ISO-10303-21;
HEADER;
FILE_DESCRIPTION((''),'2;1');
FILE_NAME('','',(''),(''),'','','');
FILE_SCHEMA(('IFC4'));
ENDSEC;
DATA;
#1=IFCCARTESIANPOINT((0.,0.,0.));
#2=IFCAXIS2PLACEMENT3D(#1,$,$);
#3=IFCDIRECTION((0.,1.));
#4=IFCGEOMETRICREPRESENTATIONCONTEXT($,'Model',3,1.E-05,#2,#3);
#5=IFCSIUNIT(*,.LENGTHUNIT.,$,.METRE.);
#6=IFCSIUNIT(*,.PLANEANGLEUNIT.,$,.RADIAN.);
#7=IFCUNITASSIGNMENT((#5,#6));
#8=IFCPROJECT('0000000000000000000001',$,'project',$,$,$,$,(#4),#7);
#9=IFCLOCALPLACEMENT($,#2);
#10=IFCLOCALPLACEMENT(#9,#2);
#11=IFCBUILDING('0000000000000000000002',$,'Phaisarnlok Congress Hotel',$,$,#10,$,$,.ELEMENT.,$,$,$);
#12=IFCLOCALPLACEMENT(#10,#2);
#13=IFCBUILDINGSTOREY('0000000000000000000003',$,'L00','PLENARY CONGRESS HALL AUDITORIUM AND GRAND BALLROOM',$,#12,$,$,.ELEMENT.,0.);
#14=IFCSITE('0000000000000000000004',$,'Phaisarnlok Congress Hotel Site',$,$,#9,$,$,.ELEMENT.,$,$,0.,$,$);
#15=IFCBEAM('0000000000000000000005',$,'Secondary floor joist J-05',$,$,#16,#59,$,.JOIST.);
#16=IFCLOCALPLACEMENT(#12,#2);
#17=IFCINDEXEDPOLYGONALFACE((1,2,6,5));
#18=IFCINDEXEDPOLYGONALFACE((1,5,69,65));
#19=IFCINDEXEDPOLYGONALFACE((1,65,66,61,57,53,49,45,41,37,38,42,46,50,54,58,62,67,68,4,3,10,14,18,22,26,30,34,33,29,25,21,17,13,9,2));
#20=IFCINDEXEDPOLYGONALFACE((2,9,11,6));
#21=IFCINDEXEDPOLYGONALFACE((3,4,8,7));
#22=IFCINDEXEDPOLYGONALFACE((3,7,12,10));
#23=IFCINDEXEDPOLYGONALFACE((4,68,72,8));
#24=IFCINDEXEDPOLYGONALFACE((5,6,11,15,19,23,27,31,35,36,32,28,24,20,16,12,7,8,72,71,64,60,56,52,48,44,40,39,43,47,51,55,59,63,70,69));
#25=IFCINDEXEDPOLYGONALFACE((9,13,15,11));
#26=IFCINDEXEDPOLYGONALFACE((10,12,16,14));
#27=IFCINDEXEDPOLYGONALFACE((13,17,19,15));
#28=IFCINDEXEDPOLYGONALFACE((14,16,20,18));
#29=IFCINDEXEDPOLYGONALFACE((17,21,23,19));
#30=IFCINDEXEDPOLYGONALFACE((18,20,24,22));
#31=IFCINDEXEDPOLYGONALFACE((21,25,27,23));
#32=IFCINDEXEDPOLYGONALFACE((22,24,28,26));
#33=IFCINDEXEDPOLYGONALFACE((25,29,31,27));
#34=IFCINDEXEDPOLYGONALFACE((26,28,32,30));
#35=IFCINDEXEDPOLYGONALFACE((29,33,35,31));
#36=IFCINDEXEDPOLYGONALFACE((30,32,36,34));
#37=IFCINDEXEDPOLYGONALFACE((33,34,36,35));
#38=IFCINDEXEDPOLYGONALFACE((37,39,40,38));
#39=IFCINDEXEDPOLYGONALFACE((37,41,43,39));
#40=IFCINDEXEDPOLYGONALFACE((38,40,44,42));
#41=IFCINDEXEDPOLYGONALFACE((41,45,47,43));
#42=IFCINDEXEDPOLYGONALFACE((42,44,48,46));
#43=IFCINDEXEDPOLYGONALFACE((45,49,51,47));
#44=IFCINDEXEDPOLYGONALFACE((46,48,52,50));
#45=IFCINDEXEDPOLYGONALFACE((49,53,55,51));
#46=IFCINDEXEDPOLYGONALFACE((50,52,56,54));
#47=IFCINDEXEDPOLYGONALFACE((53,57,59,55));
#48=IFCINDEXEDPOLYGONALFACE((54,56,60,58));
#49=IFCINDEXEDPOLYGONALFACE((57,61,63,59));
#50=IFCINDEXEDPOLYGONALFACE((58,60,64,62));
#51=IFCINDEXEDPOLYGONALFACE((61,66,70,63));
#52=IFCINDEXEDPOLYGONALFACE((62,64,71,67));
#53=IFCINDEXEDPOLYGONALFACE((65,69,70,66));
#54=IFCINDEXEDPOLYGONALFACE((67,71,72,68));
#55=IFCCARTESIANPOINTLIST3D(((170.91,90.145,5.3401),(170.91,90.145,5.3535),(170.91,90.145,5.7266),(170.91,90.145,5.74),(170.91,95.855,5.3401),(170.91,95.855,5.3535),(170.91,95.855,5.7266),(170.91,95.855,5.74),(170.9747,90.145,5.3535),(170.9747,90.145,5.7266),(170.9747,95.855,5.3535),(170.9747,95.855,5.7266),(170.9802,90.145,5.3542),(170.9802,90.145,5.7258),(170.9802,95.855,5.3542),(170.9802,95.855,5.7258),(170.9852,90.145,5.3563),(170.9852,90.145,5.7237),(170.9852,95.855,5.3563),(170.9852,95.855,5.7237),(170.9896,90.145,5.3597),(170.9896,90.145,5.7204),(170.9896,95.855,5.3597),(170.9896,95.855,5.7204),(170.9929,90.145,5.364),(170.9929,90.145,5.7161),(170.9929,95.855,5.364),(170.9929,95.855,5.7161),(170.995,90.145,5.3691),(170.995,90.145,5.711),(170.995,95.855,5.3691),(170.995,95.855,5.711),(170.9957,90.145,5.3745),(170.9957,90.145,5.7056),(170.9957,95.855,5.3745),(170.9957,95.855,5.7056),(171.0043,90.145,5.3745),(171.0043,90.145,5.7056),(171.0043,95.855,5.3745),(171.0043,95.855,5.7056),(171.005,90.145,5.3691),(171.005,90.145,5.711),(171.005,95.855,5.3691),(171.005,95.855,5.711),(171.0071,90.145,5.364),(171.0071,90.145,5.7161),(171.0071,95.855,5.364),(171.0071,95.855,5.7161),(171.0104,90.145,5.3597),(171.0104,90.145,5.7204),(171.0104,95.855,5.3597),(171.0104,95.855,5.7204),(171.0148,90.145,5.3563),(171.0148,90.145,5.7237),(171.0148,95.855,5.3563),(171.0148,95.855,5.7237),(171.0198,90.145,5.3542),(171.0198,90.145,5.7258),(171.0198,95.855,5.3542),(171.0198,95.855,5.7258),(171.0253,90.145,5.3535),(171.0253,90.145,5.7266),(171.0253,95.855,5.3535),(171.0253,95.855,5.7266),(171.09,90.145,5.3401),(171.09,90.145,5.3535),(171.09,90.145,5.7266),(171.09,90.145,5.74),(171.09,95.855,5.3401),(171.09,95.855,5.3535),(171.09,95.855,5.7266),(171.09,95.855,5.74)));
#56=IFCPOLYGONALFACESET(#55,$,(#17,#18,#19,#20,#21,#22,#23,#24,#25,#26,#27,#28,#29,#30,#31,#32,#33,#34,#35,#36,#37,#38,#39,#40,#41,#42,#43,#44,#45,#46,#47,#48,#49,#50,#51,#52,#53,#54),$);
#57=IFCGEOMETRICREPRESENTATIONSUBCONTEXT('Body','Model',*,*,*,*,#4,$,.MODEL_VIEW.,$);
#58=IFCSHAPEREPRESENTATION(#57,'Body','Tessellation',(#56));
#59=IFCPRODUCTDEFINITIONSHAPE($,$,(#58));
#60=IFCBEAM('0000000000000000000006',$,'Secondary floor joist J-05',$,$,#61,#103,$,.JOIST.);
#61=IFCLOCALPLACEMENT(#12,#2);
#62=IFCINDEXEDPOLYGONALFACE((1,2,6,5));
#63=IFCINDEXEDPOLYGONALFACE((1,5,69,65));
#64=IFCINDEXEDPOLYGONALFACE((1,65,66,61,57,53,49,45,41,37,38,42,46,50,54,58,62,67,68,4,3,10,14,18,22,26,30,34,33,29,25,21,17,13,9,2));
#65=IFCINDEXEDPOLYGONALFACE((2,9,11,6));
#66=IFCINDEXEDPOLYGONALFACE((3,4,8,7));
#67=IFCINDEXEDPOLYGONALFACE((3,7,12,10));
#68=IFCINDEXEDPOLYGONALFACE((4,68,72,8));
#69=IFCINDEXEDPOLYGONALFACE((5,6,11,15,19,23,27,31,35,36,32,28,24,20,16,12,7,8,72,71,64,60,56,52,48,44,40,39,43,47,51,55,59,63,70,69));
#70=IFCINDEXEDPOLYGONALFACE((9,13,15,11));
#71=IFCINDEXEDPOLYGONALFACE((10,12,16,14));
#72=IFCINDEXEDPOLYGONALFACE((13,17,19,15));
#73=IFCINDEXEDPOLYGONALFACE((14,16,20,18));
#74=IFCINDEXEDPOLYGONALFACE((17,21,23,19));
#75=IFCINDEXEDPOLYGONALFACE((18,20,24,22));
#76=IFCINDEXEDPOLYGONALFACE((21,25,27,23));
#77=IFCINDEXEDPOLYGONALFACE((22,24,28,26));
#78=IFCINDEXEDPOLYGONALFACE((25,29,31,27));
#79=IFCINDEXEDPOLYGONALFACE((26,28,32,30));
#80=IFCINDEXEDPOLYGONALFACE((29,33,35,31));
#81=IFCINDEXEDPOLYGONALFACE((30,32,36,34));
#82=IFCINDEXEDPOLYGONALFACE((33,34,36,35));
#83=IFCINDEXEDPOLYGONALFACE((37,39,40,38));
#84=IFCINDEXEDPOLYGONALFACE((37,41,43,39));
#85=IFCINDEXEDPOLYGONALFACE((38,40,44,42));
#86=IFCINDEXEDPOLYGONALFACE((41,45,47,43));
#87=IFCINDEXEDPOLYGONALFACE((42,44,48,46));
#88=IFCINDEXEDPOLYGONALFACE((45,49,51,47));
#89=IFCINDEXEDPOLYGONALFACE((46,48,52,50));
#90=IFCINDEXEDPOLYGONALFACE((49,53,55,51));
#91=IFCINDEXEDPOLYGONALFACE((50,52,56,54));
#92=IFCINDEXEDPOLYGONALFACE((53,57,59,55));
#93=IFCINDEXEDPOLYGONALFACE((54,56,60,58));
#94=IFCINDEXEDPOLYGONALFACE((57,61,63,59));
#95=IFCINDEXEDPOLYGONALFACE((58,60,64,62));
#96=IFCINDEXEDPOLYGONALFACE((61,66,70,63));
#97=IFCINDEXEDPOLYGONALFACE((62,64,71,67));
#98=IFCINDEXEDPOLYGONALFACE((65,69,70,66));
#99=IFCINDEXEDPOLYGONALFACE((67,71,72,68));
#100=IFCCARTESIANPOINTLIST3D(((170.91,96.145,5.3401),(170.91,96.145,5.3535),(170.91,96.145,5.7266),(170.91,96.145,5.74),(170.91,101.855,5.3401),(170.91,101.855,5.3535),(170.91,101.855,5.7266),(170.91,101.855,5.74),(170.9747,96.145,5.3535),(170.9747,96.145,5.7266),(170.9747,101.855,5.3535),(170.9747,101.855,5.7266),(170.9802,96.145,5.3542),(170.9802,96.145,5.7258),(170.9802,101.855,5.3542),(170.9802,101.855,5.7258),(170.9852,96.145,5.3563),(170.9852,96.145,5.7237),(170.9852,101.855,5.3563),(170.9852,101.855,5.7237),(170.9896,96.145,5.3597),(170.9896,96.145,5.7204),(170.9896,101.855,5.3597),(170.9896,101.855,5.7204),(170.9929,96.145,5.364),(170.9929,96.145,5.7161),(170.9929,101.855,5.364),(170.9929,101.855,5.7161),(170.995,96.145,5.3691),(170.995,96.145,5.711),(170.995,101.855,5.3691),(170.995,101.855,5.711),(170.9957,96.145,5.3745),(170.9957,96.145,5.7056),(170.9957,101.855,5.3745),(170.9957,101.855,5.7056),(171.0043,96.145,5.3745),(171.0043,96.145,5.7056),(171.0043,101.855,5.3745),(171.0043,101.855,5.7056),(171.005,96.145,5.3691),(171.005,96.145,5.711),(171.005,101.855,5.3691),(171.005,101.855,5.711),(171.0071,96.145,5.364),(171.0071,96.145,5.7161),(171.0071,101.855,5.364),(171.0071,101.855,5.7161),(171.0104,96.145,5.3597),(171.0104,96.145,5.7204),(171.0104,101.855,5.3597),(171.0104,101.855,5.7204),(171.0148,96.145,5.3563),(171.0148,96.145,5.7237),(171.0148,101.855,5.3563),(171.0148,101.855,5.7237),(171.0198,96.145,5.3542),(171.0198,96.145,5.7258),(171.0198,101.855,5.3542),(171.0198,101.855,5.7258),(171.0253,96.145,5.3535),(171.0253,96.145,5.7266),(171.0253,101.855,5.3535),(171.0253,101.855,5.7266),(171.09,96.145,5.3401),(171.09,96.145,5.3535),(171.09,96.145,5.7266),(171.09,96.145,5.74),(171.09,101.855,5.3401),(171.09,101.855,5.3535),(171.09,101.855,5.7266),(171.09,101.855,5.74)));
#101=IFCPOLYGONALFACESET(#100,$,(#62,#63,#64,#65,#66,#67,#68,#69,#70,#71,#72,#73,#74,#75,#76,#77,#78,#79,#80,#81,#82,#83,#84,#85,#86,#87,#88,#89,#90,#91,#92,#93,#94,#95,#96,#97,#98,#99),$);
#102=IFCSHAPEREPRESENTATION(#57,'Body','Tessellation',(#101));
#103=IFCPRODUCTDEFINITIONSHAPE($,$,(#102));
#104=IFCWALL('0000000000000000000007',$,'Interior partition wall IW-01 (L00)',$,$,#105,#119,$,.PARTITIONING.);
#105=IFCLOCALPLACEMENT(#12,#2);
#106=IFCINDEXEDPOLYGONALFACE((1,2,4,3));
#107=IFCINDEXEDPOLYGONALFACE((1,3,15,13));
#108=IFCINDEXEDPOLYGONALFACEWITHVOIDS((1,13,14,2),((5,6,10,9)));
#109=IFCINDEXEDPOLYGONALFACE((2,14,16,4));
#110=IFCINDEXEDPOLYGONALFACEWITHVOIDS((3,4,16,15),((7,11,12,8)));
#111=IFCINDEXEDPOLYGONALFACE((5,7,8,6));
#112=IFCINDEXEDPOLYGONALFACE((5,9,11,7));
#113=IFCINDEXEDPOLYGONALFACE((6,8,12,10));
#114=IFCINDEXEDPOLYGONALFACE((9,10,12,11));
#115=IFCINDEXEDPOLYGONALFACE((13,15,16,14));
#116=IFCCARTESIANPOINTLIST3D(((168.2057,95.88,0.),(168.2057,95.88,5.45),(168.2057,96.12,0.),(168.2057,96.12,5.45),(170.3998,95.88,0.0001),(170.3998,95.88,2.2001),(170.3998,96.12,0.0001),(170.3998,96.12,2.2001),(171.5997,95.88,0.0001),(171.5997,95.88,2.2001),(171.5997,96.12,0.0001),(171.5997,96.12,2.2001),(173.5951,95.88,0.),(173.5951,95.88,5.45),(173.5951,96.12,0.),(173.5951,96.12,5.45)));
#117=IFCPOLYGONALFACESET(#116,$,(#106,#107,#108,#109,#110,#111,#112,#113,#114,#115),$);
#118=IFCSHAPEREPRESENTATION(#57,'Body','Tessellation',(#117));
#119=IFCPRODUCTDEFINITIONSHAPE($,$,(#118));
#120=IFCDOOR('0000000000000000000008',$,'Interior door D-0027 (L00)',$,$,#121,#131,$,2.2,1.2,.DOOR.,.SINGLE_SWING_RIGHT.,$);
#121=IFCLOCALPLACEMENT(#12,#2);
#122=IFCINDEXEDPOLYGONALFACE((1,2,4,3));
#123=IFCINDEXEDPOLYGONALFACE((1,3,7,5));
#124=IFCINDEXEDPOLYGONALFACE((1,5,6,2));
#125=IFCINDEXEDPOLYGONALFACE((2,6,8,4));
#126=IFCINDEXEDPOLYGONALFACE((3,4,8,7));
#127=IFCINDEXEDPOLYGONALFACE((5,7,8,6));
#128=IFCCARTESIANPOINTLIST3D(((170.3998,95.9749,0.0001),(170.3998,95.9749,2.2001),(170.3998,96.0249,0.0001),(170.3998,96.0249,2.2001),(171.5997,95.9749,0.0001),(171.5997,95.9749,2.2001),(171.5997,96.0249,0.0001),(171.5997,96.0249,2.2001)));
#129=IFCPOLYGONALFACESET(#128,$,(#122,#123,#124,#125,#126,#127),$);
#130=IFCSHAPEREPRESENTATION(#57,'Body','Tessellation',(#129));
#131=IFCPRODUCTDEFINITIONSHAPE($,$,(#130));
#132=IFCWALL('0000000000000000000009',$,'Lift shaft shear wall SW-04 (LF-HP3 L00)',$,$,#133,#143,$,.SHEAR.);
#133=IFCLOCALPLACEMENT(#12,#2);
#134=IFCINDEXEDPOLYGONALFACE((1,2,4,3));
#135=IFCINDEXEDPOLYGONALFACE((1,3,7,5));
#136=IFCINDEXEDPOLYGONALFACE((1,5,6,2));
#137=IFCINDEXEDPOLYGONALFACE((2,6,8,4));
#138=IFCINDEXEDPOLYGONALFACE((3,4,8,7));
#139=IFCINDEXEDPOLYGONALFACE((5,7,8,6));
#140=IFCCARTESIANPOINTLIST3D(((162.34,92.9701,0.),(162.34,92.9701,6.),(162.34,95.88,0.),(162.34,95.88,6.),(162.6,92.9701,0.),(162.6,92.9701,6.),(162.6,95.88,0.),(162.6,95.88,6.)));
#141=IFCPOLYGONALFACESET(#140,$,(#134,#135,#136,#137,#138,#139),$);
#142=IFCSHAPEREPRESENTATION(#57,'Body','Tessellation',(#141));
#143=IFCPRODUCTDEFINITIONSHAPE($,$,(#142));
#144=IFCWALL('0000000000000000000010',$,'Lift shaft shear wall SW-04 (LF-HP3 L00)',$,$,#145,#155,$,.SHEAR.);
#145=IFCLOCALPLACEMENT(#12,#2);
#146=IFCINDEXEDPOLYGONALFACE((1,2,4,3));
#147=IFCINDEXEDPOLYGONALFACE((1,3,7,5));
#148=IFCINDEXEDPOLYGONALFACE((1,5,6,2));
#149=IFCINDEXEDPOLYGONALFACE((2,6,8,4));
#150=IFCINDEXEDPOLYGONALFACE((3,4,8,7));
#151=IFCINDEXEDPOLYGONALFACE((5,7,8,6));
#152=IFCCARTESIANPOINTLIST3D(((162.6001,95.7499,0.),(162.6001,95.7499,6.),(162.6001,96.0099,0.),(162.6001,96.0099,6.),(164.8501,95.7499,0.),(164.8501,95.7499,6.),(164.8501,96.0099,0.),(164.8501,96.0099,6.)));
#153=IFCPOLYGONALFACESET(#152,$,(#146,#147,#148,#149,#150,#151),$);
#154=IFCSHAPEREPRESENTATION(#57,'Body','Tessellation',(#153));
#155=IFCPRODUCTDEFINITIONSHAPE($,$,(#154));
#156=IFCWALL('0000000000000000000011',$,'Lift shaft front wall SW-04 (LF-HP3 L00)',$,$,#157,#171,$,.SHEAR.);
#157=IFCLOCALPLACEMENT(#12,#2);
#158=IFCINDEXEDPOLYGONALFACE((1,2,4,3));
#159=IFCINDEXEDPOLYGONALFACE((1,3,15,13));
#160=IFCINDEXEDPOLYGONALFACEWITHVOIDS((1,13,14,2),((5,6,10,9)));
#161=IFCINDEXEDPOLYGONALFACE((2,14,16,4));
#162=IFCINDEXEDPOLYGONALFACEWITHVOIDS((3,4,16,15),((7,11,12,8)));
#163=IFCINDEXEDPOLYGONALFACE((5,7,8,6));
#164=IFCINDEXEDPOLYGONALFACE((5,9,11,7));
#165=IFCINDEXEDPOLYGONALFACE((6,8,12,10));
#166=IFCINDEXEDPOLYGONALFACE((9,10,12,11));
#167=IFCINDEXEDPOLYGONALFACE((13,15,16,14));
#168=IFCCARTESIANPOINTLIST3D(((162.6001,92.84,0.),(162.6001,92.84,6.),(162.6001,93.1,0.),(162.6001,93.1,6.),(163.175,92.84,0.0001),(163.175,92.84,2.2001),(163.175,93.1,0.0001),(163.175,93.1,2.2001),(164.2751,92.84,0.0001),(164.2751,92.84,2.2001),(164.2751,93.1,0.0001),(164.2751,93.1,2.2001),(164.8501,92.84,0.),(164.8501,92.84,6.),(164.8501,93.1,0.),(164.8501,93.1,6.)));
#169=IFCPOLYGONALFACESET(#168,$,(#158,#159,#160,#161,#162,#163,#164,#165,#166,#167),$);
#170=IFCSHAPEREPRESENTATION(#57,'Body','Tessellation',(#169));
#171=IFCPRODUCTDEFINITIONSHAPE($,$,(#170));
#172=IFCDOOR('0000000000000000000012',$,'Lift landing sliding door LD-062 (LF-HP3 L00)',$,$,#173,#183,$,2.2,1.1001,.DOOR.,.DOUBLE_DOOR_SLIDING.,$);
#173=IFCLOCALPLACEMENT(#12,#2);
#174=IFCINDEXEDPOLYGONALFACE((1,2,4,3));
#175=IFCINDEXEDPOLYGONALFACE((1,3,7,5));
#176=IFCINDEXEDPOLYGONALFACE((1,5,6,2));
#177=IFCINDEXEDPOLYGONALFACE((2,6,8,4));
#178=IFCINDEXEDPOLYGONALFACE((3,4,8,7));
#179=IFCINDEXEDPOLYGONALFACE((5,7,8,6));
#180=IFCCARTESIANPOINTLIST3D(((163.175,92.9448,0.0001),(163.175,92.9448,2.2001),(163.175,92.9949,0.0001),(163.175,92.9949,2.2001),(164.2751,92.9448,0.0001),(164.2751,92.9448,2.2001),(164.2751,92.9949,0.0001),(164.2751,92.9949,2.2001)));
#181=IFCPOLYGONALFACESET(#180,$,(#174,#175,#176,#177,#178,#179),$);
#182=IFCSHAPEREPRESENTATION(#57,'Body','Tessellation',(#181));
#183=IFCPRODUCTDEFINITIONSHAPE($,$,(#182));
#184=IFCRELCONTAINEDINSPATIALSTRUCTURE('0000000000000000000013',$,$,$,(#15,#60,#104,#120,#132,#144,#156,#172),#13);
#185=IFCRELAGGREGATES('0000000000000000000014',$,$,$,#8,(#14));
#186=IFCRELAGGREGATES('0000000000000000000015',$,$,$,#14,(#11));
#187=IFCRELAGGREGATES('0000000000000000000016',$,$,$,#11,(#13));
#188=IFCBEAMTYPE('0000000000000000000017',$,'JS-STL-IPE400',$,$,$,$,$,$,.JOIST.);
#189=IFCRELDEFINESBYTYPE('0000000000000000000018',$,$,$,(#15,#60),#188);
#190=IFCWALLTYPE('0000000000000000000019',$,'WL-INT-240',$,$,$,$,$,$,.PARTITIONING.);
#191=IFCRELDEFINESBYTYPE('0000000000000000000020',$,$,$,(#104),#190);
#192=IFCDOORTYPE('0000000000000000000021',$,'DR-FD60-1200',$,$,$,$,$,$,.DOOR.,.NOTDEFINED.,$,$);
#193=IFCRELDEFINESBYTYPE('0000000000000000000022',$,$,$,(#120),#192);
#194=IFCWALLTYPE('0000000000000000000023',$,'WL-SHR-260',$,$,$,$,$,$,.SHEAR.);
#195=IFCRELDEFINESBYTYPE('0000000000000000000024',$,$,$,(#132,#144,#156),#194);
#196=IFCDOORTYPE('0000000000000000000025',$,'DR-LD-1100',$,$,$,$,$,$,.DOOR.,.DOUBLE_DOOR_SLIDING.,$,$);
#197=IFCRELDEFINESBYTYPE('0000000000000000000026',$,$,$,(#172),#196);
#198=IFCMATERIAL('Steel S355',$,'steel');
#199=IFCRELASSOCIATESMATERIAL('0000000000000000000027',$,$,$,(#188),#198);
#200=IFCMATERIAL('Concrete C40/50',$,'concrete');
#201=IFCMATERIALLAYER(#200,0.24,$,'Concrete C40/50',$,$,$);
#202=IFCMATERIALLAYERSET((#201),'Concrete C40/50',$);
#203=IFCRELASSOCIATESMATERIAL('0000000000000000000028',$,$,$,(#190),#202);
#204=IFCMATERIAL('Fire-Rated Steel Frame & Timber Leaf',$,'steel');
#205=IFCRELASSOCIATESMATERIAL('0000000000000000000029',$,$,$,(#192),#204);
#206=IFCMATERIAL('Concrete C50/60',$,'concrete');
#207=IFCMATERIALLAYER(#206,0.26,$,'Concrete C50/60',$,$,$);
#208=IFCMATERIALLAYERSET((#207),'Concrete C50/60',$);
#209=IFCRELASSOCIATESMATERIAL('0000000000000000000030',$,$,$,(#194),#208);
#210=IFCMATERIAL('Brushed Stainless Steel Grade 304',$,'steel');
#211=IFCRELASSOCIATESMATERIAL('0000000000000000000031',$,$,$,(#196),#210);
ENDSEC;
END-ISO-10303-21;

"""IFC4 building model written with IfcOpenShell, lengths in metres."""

from ifc_helpers import new_model, si_unit, direction, frame, frame_2d, origin, origin_2d, place, context, subcontext, project, spatial, rectangle, i_section, extrude, material, layer, layer_set, material_profile, profile_set, type_object, element, fill, save


model = new_model("IFC4")

# Units and contexts
model_context = context("Model", 3, precision=1e-05, world=origin(), true_north=direction((0.0, 1.0)))
body_context = subcontext(model_context, "Body", "Model", "MODEL_VIEW")
ifc_project = project(units=[si_unit("LENGTHUNIT", "METRE"), si_unit("PLANEANGLEUNIT", "RADIAN")], contexts=[model_context])

# Site, building, storey
site_placement = place(None, origin())
site = spatial("IfcSite", under=ifc_project, at=site_placement, Name="Phaisarnlok Congress Hotel Site", CompositionType="ELEMENT", RefElevation=0.0)
building_placement = place(site_placement, origin())
building = spatial("IfcBuilding", under=site, at=building_placement, Name="Phaisarnlok Congress Hotel", CompositionType="ELEMENT")
storey_placement = place(building_placement, origin())
storey = spatial("IfcBuildingStorey", under=building, at=storey_placement, Name="L00", Description="PLENARY CONGRESS HALL AUDITORIUM AND GRAND BALLROOM", CompositionType="ELEMENT", Elevation=0.0)

# Shared definitions
ifc_material_1 = material(Name="Concrete C50/60", Category="concrete")
ifc_material_2 = material(Name="Steel S355", Category="steel")

# Beams
ifc_material_3 = material(Name="Concrete C40/50", Category="concrete")
ifc_material_profile_1 = material_profile(ifc_material_2, i_section(OverallWidth=0.1799, OverallDepth=0.3999, WebThickness=0.0085, FlangeThickness=0.0134, FilletRadius=0.021, at=origin_2d()), Name="IPE 400")
ifc_profile_set_1 = profile_set([ifc_material_profile_1], Name="Steel S355")
beam_type_1 = type_object("IfcBeamType", Name="JS-STL-IPE400", PredefinedType="JOIST", material=ifc_profile_set_1)
for number, where, z_axis, x_axis, name in (
    (1, (171.0, 90.145, 5.54), (0.0, 1.0, 0.0), (-1.0, 0.0, 0.0), "Secondary floor joist J-05"),
    (2, (171.0, 96.145, 5.54), (0.0, 1.0, 0.0), (-1.0, 0.0, 0.0), "Secondary floor joist J-05"),
):
    element("IfcBeam", number, at=place(storey_placement, frame(where, z_axis=z_axis, x_axis=x_axis)), inside=storey, type_object=beam_type_1, Name=name, PredefinedType="JOIST", context=body_context, shape_type="SweptSolid", body=[
        extrude(i_section(OverallWidth=0.1799, OverallDepth=0.3999, WebThickness=0.0085, FlangeThickness=0.0134, FilletRadius=0.021, at=origin_2d()), origin(), (0.0, 0.0, 1.0), 5.71),
    ])

# Wall, opening, door
ifc_layer_1 = layer(ifc_material_3, 0.24, Name="Concrete C40/50")
ifc_layer_set_1 = layer_set([ifc_layer_1], Name="Concrete C40/50")
wall_type_1 = type_object("IfcWallType", Name="WL-INT-240", PredefinedType="PARTITIONING", material=ifc_layer_set_1)
wall_1_placement = place(storey_placement, frame((168.2056, 96.0, 0.0), z_axis=(0.0, 0.0, 1.0), x_axis=(1.0, 0.0, 0.0)))
wall_1 = element("IfcWall", 3, at=wall_1_placement, inside=storey, type_object=wall_type_1, Name="Interior partition wall IW-01 (L00)", PredefinedType="PARTITIONING", context=body_context, shape_type="SweptSolid", body=[
    extrude(rectangle(XDim=5.3894, YDim=0.24, at=frame_2d((2.6948, 0.0))), origin(), (0.0, 0.0, 1.0), 5.45),
])
opening_1_placement = place(wall_1_placement, frame((2.1941, 0.0, 0.0)))
opening_1 = element("IfcOpeningElement", 4, at=opening_1_placement, cuts=wall_1, PredefinedType="OPENING", context=body_context, shape_type="SweptSolid", body=[
    extrude(rectangle(XDim=1.2, YDim=2.2, at=frame_2d((0.6001, 1.1001))), frame((0.0, 0.1299, 0.0), z_axis=(0.0, -1.0, 0.0), x_axis=(1.0, 0.0, 0.0)), (0.0, 0.0, 1.0), 0.26),
])
ifc_material_4 = material(Name="Fire-Rated Steel Frame & Timber Leaf", Category="steel")
door_type_1 = type_object("IfcDoorType", Name="DR-FD60-1200", OperationType="NOTDEFINED", PredefinedType="DOOR", material=ifc_material_4)
door_1_placement = place(opening_1_placement, origin())
door_1 = element("IfcDoor", 5, at=door_1_placement, inside=storey, type_object=door_type_1, Name="Interior door D-0027 (L00)", OperationType="SINGLE_SWING_RIGHT", OverallHeight=2.2, OverallWidth=1.2, PredefinedType="DOOR", context=body_context, shape_type="SweptSolid", body=[
    extrude(rectangle(XDim=1.2, YDim=2.2, at=frame_2d((0.6001, 1.1001))), frame((0.0, 0.0249, 0.0), z_axis=(0.0, -1.0, 0.0), x_axis=(1.0, 0.0, 0.0)), (0.0, 0.0, 1.0), 0.05),
])
fill(opening_1, door_1)

# Walls
ifc_layer_2 = layer(ifc_material_1, 0.26, Name="Concrete C50/60")
ifc_layer_set_2 = layer_set([ifc_layer_2], Name="Concrete C50/60")
wall_type_2 = type_object("IfcWallType", Name="WL-SHR-260", PredefinedType="SHEAR", material=ifc_layer_set_2)
wall_2_placement = place(storey_placement, frame((162.47, 92.97, 0.0), z_axis=(0.0, 0.0, 1.0), x_axis=(0.0, 1.0, 0.0)))
element("IfcWall", 6, at=wall_2_placement, inside=storey, type_object=wall_type_2, Name="Lift shaft shear wall SW-04 (LF-HP3 L00)", PredefinedType="SHEAR", context=body_context, shape_type="SweptSolid", body=[
    extrude(rectangle(XDim=2.9099, YDim=0.26, at=frame_2d((1.4551, 0.0))), origin(), (0.0, 0.0, 1.0), 6.0),
])
wall_3_placement = place(storey_placement, frame((162.6001, 95.8799, 0.0), z_axis=(0.0, 0.0, 1.0), x_axis=(1.0, 0.0, 0.0)))
element("IfcWall", 7, at=wall_3_placement, inside=storey, type_object=wall_type_2, Name="Lift shaft shear wall SW-04 (LF-HP3 L00)", PredefinedType="SHEAR", context=body_context, shape_type="SweptSolid", body=[
    extrude(rectangle(XDim=2.25, YDim=0.26, at=frame_2d((1.125, 0.0))), origin(), (0.0, 0.0, 1.0), 6.0),
])

# Wall, opening, door
wall_4_placement = place(storey_placement, frame((162.6001, 92.97, 0.0), z_axis=(0.0, 0.0, 1.0), x_axis=(1.0, 0.0, 0.0)))
wall_4 = element("IfcWall", 8, at=wall_4_placement, inside=storey, type_object=wall_type_2, Name="Lift shaft front wall SW-04 (LF-HP3 L00)", PredefinedType="SHEAR", context=body_context, shape_type="SweptSolid", body=[
    extrude(rectangle(XDim=2.25, YDim=0.26, at=frame_2d((1.125, 0.0))), origin(), (0.0, 0.0, 1.0), 6.0),
])
opening_2_placement = place(wall_4_placement, frame((0.575, 0.0, 0.0)))
opening_2 = element("IfcOpeningElement", 9, at=opening_2_placement, cuts=wall_4, PredefinedType="OPENING", context=body_context, shape_type="SweptSolid", body=[
    extrude(rectangle(XDim=1.1001, YDim=2.2, at=frame_2d((0.55, 1.1001))), frame((0.0, 0.1401, 0.0), z_axis=(0.0, -1.0, 0.0), x_axis=(1.0, 0.0, 0.0)), (0.0, 0.0, 1.0), 0.28),
])
ifc_material_5 = material(Name="Brushed Stainless Steel Grade 304", Category="steel")
door_type_2 = type_object("IfcDoorType", Name="DR-LD-1100", OperationType="DOUBLE_DOOR_SLIDING", PredefinedType="DOOR", material=ifc_material_5)
door_2_placement = place(opening_2_placement, origin())
door_2 = element("IfcDoor", 10, at=door_2_placement, inside=storey, type_object=door_type_2, Name="Lift landing sliding door LD-062 (LF-HP3 L00)", OperationType="DOUBLE_DOOR_SLIDING", OverallHeight=2.2, OverallWidth=1.1001, PredefinedType="DOOR", context=body_context, shape_type="SweptSolid", body=[
    extrude(rectangle(XDim=1.1001, YDim=2.2, at=frame_2d((0.55, 1.1001))), frame((0.0, 0.0249, 0.0), z_axis=(0.0, -1.0, 0.0), x_axis=(1.0, 0.0, 0.0)), (0.0, 0.0, 1.0), 0.05),
])
fill(opening_2, door_2)

save(model, "model.ifc")
